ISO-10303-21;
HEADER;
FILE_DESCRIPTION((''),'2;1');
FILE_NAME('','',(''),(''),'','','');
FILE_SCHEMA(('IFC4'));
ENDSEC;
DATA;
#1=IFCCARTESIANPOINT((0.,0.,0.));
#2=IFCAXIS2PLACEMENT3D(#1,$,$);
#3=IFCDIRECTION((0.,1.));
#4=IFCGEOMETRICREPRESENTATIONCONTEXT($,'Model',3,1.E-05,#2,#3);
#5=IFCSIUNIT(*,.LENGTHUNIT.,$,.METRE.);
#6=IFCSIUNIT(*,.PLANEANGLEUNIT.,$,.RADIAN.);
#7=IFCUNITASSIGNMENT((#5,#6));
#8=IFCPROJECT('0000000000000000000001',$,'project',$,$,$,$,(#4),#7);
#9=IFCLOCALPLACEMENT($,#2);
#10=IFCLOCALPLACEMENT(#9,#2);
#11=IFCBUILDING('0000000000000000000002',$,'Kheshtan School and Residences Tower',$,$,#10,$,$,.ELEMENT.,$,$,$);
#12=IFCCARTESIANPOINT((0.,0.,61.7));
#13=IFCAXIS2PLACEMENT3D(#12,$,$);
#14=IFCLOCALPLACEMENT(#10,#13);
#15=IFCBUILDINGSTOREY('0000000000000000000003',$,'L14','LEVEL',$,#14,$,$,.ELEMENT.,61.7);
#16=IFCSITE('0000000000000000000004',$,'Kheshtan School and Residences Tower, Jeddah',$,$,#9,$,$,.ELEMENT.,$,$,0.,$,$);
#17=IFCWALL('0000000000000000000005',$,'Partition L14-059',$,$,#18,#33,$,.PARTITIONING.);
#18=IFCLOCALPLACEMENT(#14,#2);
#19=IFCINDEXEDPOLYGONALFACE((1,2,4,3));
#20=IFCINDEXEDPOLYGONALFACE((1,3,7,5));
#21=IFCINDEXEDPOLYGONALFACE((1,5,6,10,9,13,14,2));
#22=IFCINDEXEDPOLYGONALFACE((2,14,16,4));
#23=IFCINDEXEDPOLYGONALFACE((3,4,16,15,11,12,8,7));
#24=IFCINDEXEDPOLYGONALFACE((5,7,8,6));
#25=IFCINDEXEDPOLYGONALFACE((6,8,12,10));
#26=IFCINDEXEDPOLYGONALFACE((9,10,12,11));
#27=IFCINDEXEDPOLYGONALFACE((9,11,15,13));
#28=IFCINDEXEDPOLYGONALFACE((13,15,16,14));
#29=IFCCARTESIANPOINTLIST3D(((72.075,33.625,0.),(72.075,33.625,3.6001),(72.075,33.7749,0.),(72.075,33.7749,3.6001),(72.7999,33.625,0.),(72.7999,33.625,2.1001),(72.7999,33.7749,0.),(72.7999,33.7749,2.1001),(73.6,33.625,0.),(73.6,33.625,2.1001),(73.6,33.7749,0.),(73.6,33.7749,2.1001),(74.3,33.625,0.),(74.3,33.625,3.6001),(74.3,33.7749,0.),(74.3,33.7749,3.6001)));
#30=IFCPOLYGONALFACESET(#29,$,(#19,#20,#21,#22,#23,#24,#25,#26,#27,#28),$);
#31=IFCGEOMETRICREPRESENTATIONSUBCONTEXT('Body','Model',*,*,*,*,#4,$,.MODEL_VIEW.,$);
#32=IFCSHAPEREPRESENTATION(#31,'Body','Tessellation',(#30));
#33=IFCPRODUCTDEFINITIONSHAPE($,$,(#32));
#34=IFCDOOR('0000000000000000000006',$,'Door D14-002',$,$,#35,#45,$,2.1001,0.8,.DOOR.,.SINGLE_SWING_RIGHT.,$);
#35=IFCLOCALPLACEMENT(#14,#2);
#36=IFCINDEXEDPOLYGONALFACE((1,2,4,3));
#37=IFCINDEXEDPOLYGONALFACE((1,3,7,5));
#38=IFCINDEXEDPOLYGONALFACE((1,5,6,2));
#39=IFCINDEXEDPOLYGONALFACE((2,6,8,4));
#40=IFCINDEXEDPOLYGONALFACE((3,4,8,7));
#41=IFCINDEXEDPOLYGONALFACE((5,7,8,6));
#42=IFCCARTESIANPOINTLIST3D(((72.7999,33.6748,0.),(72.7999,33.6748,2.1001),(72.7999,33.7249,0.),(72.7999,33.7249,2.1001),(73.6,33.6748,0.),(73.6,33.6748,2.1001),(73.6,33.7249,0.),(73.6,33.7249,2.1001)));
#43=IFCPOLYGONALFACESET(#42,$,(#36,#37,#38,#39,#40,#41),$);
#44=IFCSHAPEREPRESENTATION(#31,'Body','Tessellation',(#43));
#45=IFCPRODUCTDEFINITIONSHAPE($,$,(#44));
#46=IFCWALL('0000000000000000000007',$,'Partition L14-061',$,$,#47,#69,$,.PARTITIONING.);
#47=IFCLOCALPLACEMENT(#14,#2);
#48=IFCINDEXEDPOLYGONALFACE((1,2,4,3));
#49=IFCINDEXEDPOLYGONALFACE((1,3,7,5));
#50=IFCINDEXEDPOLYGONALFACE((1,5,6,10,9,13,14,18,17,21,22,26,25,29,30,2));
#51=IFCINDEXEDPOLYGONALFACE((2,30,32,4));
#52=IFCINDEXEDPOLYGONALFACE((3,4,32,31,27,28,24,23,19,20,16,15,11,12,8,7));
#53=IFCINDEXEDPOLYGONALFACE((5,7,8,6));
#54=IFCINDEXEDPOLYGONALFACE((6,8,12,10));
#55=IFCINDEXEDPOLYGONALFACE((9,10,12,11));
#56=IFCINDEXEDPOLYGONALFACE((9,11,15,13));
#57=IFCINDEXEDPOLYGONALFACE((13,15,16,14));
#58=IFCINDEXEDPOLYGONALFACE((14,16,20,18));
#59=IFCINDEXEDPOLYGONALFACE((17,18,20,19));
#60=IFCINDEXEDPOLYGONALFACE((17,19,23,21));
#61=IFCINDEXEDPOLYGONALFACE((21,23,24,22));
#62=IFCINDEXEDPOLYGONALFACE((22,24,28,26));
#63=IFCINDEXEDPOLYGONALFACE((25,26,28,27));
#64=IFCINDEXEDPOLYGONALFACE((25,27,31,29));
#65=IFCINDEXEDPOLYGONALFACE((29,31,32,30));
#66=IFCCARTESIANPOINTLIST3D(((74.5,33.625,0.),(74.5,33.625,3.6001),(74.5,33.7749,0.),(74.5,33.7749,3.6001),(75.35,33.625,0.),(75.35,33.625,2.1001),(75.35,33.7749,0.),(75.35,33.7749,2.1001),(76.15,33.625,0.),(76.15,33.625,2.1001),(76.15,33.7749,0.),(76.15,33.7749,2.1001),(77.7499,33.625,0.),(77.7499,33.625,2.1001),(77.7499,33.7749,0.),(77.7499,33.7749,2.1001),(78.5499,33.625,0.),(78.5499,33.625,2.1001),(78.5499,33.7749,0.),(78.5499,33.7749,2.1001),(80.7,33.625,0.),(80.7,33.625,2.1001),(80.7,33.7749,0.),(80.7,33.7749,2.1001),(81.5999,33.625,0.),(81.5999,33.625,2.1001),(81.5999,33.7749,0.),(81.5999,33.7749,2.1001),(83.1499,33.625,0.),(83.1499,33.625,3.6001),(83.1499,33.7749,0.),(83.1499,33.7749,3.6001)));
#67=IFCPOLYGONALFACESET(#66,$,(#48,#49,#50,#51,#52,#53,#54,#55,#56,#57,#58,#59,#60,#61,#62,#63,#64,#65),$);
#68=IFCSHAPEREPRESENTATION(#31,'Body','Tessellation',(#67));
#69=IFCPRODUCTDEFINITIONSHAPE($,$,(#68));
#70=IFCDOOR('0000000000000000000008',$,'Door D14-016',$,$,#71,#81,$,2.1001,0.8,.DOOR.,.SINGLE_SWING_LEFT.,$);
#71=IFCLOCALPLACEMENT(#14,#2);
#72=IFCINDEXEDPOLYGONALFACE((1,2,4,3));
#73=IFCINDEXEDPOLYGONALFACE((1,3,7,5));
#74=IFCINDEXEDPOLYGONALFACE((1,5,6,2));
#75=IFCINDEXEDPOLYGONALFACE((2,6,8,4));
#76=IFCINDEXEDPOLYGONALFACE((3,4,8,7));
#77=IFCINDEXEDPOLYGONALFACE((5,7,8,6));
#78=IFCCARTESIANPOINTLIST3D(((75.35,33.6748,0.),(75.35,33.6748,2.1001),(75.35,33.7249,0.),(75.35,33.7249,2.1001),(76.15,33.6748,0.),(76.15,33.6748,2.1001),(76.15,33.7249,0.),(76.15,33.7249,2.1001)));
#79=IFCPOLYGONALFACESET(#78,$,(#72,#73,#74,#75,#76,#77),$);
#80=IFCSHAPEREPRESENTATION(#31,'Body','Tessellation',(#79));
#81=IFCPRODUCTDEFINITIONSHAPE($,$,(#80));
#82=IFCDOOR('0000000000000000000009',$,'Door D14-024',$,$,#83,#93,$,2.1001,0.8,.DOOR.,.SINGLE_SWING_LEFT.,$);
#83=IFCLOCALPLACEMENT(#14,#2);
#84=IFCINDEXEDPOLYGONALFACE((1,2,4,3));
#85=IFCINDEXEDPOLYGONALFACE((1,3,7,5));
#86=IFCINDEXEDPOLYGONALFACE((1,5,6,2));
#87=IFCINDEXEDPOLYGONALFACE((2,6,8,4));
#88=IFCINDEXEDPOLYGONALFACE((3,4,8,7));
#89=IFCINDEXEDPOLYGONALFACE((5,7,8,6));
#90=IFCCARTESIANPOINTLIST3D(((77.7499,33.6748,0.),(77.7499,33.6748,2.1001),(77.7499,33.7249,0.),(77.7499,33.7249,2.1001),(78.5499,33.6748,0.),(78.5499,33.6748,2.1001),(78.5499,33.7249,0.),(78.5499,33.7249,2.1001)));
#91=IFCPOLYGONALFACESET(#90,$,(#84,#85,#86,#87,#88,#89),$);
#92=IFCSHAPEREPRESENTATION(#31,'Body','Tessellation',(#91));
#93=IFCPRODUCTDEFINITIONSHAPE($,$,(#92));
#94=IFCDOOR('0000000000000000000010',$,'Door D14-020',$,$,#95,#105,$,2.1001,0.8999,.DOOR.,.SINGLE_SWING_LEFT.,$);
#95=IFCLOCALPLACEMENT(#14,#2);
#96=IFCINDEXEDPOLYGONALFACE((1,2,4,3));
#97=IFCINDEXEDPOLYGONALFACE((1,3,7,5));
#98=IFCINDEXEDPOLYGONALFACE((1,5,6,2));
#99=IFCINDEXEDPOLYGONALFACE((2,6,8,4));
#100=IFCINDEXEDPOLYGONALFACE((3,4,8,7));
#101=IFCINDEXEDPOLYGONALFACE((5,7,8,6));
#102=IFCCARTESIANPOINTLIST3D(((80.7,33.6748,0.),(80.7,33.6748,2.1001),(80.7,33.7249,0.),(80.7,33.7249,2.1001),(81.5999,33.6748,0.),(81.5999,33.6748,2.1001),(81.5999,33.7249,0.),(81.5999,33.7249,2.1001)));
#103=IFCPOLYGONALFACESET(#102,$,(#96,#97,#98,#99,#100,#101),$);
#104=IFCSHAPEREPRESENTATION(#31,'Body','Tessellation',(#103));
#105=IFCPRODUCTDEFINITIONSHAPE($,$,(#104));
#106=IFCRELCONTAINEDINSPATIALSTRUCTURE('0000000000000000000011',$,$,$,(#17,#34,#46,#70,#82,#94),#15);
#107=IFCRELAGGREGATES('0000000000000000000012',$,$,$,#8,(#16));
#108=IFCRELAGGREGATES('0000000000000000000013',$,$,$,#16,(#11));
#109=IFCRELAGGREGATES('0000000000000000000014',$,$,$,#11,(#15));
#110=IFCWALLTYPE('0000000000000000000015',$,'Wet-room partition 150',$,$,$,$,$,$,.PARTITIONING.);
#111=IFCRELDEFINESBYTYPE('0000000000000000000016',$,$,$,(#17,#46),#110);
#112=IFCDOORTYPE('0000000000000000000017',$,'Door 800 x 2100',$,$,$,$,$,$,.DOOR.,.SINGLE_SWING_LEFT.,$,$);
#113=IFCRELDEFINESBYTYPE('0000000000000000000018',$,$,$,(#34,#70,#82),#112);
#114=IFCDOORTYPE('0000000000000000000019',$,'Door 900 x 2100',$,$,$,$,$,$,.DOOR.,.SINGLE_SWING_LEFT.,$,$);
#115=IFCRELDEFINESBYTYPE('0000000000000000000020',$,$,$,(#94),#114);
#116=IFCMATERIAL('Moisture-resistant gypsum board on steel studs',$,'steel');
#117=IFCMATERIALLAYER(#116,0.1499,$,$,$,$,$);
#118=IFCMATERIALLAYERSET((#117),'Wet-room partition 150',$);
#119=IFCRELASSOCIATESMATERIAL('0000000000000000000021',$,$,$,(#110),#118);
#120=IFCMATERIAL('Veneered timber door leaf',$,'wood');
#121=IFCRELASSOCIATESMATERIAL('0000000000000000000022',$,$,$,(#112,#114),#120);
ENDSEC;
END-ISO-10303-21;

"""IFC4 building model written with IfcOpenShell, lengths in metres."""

from ifc_helpers import new_model, si_unit, direction, frame, frame_2d, origin, place, context, subcontext, project, spatial, rectangle, extrude, source, transform, mapped, material, layer, layer_set, type_object, element, fill, save


model = new_model("IFC4")

# Units and contexts
model_context = context("Model", 3, precision=1e-05, world=origin(), true_north=direction((0.0, 1.0)))
body_context = subcontext(model_context, "Body", "Model", "MODEL_VIEW")
ifc_project = project(units=[si_unit("LENGTHUNIT", "METRE"), si_unit("PLANEANGLEUNIT", "RADIAN")], contexts=[model_context])

# Site, building, storey
site_placement = place(None, origin())
site = spatial("IfcSite", under=ifc_project, at=site_placement, Name="Kheshtan School and Residences Tower, Jeddah", CompositionType="ELEMENT", RefElevation=0.0)
building_placement = place(site_placement, origin())
building = spatial("IfcBuilding", under=site, at=building_placement, Name="Kheshtan School and Residences Tower", CompositionType="ELEMENT")
storey_placement = place(building_placement, frame((0.0, 0.0, 61.7)))
storey = spatial("IfcBuildingStorey", under=building, at=storey_placement, Name="L14", Description="LEVEL", CompositionType="ELEMENT", Elevation=61.7)

# Shared definitions
ifc_material_1 = material(Name="Moisture-resistant gypsum board on steel studs", Category="steel")
ifc_layer_1 = layer(ifc_material_1, 0.1499)
ifc_layer_set_1 = layer_set([ifc_layer_1], Name="Wet-room partition 150")
wall_type_1 = type_object("IfcWallType", Name="Wet-room partition 150", PredefinedType="PARTITIONING", material=ifc_layer_set_1)

# Wall, opening, door
wall_1_placement = place(storey_placement, frame((72.075, 33.7, 0.0), z_axis=(0.0, 0.0, 1.0), x_axis=(1.0, 0.0, 0.0)))
wall_1 = element("IfcWall", 1, at=wall_1_placement, inside=storey, type_object=wall_type_1, Name="Partition L14-059", PredefinedType="PARTITIONING", context=body_context, shape_type="SweptSolid", body=[
    extrude(rectangle(XDim=2.2251, YDim=0.1499, at=frame_2d((1.1125, 0.0))), origin(), (0.0, 0.0, 1.0), 3.6001),
])
opening_1_placement = place(wall_1_placement, frame((0.7251, 0.0, 0.0)))
opening_1 = element("IfcOpeningElement", 2, at=opening_1_placement, cuts=wall_1, PredefinedType="OPENING", context=body_context, shape_type="SweptSolid", body=[
    extrude(rectangle(XDim=0.8, YDim=2.1001, at=frame_2d((0.3999, 1.05))), frame((0.0, 0.085, 0.0), z_axis=(0.0, -1.0, 0.0), x_axis=(1.0, 0.0, 0.0)), (0.0, 0.0, 1.0), 0.1699),
])
ifc_material_2 = material(Name="Veneered timber door leaf", Category="wood")
door_type_1 = type_object("IfcDoorType", Name="Door 800 x 2100", OperationType="SINGLE_SWING_LEFT", PredefinedType="DOOR", material=ifc_material_2)
shared_shape_1 = source(origin(), body_context, "Body", "SweptSolid", [
    extrude(rectangle(XDim=0.8, YDim=2.1001, at=frame_2d((0.3999, 1.05))), frame((0.0, 0.0249, 0.0), z_axis=(0.0, -1.0, 0.0), x_axis=(1.0, 0.0, 0.0)), (0.0, 0.0, 1.0), 0.05),
])
door_1_placement = place(opening_1_placement, origin())
door_1 = element("IfcDoor", 3, at=door_1_placement, inside=storey, type_object=door_type_1, Name="Door D14-002", OperationType="SINGLE_SWING_RIGHT", OverallHeight=2.1001, OverallWidth=0.8, PredefinedType="DOOR", context=body_context, shape_type="MappedRepresentation", body=[
    mapped(shared_shape_1, transform((0.0, 0.0, 0.0), x_axis=(1.0, 0.0, 0.0), y_axis=(0.0, 1.0, 0.0), z_axis=(0.0, 0.0, 1.0), scale=1.0)),
])
fill(opening_1, door_1)

# Wall, openings, doors
wall_2_placement = place(storey_placement, frame((74.5, 33.7, 0.0), z_axis=(0.0, 0.0, 1.0), x_axis=(1.0, 0.0, 0.0)))
wall_2 = element("IfcWall", 4, at=wall_2_placement, inside=storey, type_object=wall_type_1, Name="Partition L14-061", PredefinedType="PARTITIONING", context=body_context, shape_type="SweptSolid", body=[
    extrude(rectangle(XDim=8.6499, YDim=0.1499, at=frame_2d((4.325, 0.0))), origin(), (0.0, 0.0, 1.0), 3.6001),
])
opening_2_placement = place(wall_2_placement, frame((0.8501, 0.0, 0.0)))
opening_2 = element("IfcOpeningElement", 5, at=opening_2_placement, cuts=wall_2, PredefinedType="OPENING", context=body_context, shape_type="SweptSolid", body=[
    extrude(rectangle(XDim=0.8, YDim=2.1001, at=frame_2d((0.3999, 1.05))), frame((0.0, 0.085, 0.0), z_axis=(0.0, -1.0, 0.0), x_axis=(1.0, 0.0, 0.0)), (0.0, 0.0, 1.0), 0.1699),
])
opening_3_placement = place(wall_2_placement, frame((6.2, 0.0, 0.0)))
opening_3 = element("IfcOpeningElement", 6, at=opening_3_placement, cuts=wall_2, PredefinedType="OPENING", context=body_context, shape_type="SweptSolid", body=[
    extrude(rectangle(XDim=0.8999, YDim=2.1001, at=frame_2d((0.45, 1.05))), frame((0.0, 0.085, 0.0), z_axis=(0.0, -1.0, 0.0), x_axis=(1.0, 0.0, 0.0)), (0.0, 0.0, 1.0), 0.1699),
])
opening_4_placement = place(wall_2_placement, frame((3.25, 0.0, 0.0)))
opening_4 = element("IfcOpeningElement", 7, at=opening_4_placement, cuts=wall_2, PredefinedType="OPENING", context=body_context, shape_type="SweptSolid", body=[
    extrude(rectangle(XDim=0.8, YDim=2.1001, at=frame_2d((0.3999, 1.05))), frame((0.0, 0.085, 0.0), z_axis=(0.0, -1.0, 0.0), x_axis=(1.0, 0.0, 0.0)), (0.0, 0.0, 1.0), 0.1699),
])
door_2_placement = place(opening_2_placement, origin())
door_2 = element("IfcDoor", 8, at=door_2_placement, inside=storey, type_object=door_type_1, Name="Door D14-016", OperationType="SINGLE_SWING_LEFT", OverallHeight=2.1001, OverallWidth=0.8, PredefinedType="DOOR", context=body_context, shape_type="MappedRepresentation", body=[
    mapped(shared_shape_1, transform((0.0, 0.0, 0.0), x_axis=(1.0, 0.0, 0.0), y_axis=(0.0, 1.0, 0.0), z_axis=(0.0, 0.0, 1.0), scale=1.0)),
])
fill(opening_2, door_2)
door_3_placement = place(opening_4_placement, origin())
door_3 = element("IfcDoor", 9, at=door_3_placement, inside=storey, type_object=door_type_1, Name="Door D14-024", OperationType="SINGLE_SWING_LEFT", OverallHeight=2.1001, OverallWidth=0.8, PredefinedType="DOOR", context=body_context, shape_type="MappedRepresentation", body=[
    mapped(shared_shape_1, transform((0.0, 0.0, 0.0), x_axis=(1.0, 0.0, 0.0), y_axis=(0.0, 1.0, 0.0), z_axis=(0.0, 0.0, 1.0), scale=1.0)),
])
fill(opening_4, door_3)
door_type_2 = type_object("IfcDoorType", Name="Door 900 x 2100", OperationType="SINGLE_SWING_LEFT", PredefinedType="DOOR", material=ifc_material_2)
shared_shape_2 = source(origin(), body_context, "Body", "SweptSolid", [
    extrude(rectangle(XDim=0.8999, YDim=2.1001, at=frame_2d((0.45, 1.05))), frame((0.0, 0.0249, 0.0), z_axis=(0.0, -1.0, 0.0), x_axis=(1.0, 0.0, 0.0)), (0.0, 0.0, 1.0), 0.05),
])
door_4_placement = place(opening_3_placement, origin())
door_4 = element("IfcDoor", 10, at=door_4_placement, inside=storey, type_object=door_type_2, Name="Door D14-020", OperationType="SINGLE_SWING_LEFT", OverallHeight=2.1001, OverallWidth=0.8999, PredefinedType="DOOR", context=body_context, shape_type="MappedRepresentation", body=[
    mapped(shared_shape_2, transform((0.0, 0.0, 0.0), x_axis=(1.0, 0.0, 0.0), y_axis=(0.0, 1.0, 0.0), z_axis=(0.0, 0.0, 1.0), scale=1.0)),
])
fill(opening_3, door_4)

save(model, "model.ifc")
